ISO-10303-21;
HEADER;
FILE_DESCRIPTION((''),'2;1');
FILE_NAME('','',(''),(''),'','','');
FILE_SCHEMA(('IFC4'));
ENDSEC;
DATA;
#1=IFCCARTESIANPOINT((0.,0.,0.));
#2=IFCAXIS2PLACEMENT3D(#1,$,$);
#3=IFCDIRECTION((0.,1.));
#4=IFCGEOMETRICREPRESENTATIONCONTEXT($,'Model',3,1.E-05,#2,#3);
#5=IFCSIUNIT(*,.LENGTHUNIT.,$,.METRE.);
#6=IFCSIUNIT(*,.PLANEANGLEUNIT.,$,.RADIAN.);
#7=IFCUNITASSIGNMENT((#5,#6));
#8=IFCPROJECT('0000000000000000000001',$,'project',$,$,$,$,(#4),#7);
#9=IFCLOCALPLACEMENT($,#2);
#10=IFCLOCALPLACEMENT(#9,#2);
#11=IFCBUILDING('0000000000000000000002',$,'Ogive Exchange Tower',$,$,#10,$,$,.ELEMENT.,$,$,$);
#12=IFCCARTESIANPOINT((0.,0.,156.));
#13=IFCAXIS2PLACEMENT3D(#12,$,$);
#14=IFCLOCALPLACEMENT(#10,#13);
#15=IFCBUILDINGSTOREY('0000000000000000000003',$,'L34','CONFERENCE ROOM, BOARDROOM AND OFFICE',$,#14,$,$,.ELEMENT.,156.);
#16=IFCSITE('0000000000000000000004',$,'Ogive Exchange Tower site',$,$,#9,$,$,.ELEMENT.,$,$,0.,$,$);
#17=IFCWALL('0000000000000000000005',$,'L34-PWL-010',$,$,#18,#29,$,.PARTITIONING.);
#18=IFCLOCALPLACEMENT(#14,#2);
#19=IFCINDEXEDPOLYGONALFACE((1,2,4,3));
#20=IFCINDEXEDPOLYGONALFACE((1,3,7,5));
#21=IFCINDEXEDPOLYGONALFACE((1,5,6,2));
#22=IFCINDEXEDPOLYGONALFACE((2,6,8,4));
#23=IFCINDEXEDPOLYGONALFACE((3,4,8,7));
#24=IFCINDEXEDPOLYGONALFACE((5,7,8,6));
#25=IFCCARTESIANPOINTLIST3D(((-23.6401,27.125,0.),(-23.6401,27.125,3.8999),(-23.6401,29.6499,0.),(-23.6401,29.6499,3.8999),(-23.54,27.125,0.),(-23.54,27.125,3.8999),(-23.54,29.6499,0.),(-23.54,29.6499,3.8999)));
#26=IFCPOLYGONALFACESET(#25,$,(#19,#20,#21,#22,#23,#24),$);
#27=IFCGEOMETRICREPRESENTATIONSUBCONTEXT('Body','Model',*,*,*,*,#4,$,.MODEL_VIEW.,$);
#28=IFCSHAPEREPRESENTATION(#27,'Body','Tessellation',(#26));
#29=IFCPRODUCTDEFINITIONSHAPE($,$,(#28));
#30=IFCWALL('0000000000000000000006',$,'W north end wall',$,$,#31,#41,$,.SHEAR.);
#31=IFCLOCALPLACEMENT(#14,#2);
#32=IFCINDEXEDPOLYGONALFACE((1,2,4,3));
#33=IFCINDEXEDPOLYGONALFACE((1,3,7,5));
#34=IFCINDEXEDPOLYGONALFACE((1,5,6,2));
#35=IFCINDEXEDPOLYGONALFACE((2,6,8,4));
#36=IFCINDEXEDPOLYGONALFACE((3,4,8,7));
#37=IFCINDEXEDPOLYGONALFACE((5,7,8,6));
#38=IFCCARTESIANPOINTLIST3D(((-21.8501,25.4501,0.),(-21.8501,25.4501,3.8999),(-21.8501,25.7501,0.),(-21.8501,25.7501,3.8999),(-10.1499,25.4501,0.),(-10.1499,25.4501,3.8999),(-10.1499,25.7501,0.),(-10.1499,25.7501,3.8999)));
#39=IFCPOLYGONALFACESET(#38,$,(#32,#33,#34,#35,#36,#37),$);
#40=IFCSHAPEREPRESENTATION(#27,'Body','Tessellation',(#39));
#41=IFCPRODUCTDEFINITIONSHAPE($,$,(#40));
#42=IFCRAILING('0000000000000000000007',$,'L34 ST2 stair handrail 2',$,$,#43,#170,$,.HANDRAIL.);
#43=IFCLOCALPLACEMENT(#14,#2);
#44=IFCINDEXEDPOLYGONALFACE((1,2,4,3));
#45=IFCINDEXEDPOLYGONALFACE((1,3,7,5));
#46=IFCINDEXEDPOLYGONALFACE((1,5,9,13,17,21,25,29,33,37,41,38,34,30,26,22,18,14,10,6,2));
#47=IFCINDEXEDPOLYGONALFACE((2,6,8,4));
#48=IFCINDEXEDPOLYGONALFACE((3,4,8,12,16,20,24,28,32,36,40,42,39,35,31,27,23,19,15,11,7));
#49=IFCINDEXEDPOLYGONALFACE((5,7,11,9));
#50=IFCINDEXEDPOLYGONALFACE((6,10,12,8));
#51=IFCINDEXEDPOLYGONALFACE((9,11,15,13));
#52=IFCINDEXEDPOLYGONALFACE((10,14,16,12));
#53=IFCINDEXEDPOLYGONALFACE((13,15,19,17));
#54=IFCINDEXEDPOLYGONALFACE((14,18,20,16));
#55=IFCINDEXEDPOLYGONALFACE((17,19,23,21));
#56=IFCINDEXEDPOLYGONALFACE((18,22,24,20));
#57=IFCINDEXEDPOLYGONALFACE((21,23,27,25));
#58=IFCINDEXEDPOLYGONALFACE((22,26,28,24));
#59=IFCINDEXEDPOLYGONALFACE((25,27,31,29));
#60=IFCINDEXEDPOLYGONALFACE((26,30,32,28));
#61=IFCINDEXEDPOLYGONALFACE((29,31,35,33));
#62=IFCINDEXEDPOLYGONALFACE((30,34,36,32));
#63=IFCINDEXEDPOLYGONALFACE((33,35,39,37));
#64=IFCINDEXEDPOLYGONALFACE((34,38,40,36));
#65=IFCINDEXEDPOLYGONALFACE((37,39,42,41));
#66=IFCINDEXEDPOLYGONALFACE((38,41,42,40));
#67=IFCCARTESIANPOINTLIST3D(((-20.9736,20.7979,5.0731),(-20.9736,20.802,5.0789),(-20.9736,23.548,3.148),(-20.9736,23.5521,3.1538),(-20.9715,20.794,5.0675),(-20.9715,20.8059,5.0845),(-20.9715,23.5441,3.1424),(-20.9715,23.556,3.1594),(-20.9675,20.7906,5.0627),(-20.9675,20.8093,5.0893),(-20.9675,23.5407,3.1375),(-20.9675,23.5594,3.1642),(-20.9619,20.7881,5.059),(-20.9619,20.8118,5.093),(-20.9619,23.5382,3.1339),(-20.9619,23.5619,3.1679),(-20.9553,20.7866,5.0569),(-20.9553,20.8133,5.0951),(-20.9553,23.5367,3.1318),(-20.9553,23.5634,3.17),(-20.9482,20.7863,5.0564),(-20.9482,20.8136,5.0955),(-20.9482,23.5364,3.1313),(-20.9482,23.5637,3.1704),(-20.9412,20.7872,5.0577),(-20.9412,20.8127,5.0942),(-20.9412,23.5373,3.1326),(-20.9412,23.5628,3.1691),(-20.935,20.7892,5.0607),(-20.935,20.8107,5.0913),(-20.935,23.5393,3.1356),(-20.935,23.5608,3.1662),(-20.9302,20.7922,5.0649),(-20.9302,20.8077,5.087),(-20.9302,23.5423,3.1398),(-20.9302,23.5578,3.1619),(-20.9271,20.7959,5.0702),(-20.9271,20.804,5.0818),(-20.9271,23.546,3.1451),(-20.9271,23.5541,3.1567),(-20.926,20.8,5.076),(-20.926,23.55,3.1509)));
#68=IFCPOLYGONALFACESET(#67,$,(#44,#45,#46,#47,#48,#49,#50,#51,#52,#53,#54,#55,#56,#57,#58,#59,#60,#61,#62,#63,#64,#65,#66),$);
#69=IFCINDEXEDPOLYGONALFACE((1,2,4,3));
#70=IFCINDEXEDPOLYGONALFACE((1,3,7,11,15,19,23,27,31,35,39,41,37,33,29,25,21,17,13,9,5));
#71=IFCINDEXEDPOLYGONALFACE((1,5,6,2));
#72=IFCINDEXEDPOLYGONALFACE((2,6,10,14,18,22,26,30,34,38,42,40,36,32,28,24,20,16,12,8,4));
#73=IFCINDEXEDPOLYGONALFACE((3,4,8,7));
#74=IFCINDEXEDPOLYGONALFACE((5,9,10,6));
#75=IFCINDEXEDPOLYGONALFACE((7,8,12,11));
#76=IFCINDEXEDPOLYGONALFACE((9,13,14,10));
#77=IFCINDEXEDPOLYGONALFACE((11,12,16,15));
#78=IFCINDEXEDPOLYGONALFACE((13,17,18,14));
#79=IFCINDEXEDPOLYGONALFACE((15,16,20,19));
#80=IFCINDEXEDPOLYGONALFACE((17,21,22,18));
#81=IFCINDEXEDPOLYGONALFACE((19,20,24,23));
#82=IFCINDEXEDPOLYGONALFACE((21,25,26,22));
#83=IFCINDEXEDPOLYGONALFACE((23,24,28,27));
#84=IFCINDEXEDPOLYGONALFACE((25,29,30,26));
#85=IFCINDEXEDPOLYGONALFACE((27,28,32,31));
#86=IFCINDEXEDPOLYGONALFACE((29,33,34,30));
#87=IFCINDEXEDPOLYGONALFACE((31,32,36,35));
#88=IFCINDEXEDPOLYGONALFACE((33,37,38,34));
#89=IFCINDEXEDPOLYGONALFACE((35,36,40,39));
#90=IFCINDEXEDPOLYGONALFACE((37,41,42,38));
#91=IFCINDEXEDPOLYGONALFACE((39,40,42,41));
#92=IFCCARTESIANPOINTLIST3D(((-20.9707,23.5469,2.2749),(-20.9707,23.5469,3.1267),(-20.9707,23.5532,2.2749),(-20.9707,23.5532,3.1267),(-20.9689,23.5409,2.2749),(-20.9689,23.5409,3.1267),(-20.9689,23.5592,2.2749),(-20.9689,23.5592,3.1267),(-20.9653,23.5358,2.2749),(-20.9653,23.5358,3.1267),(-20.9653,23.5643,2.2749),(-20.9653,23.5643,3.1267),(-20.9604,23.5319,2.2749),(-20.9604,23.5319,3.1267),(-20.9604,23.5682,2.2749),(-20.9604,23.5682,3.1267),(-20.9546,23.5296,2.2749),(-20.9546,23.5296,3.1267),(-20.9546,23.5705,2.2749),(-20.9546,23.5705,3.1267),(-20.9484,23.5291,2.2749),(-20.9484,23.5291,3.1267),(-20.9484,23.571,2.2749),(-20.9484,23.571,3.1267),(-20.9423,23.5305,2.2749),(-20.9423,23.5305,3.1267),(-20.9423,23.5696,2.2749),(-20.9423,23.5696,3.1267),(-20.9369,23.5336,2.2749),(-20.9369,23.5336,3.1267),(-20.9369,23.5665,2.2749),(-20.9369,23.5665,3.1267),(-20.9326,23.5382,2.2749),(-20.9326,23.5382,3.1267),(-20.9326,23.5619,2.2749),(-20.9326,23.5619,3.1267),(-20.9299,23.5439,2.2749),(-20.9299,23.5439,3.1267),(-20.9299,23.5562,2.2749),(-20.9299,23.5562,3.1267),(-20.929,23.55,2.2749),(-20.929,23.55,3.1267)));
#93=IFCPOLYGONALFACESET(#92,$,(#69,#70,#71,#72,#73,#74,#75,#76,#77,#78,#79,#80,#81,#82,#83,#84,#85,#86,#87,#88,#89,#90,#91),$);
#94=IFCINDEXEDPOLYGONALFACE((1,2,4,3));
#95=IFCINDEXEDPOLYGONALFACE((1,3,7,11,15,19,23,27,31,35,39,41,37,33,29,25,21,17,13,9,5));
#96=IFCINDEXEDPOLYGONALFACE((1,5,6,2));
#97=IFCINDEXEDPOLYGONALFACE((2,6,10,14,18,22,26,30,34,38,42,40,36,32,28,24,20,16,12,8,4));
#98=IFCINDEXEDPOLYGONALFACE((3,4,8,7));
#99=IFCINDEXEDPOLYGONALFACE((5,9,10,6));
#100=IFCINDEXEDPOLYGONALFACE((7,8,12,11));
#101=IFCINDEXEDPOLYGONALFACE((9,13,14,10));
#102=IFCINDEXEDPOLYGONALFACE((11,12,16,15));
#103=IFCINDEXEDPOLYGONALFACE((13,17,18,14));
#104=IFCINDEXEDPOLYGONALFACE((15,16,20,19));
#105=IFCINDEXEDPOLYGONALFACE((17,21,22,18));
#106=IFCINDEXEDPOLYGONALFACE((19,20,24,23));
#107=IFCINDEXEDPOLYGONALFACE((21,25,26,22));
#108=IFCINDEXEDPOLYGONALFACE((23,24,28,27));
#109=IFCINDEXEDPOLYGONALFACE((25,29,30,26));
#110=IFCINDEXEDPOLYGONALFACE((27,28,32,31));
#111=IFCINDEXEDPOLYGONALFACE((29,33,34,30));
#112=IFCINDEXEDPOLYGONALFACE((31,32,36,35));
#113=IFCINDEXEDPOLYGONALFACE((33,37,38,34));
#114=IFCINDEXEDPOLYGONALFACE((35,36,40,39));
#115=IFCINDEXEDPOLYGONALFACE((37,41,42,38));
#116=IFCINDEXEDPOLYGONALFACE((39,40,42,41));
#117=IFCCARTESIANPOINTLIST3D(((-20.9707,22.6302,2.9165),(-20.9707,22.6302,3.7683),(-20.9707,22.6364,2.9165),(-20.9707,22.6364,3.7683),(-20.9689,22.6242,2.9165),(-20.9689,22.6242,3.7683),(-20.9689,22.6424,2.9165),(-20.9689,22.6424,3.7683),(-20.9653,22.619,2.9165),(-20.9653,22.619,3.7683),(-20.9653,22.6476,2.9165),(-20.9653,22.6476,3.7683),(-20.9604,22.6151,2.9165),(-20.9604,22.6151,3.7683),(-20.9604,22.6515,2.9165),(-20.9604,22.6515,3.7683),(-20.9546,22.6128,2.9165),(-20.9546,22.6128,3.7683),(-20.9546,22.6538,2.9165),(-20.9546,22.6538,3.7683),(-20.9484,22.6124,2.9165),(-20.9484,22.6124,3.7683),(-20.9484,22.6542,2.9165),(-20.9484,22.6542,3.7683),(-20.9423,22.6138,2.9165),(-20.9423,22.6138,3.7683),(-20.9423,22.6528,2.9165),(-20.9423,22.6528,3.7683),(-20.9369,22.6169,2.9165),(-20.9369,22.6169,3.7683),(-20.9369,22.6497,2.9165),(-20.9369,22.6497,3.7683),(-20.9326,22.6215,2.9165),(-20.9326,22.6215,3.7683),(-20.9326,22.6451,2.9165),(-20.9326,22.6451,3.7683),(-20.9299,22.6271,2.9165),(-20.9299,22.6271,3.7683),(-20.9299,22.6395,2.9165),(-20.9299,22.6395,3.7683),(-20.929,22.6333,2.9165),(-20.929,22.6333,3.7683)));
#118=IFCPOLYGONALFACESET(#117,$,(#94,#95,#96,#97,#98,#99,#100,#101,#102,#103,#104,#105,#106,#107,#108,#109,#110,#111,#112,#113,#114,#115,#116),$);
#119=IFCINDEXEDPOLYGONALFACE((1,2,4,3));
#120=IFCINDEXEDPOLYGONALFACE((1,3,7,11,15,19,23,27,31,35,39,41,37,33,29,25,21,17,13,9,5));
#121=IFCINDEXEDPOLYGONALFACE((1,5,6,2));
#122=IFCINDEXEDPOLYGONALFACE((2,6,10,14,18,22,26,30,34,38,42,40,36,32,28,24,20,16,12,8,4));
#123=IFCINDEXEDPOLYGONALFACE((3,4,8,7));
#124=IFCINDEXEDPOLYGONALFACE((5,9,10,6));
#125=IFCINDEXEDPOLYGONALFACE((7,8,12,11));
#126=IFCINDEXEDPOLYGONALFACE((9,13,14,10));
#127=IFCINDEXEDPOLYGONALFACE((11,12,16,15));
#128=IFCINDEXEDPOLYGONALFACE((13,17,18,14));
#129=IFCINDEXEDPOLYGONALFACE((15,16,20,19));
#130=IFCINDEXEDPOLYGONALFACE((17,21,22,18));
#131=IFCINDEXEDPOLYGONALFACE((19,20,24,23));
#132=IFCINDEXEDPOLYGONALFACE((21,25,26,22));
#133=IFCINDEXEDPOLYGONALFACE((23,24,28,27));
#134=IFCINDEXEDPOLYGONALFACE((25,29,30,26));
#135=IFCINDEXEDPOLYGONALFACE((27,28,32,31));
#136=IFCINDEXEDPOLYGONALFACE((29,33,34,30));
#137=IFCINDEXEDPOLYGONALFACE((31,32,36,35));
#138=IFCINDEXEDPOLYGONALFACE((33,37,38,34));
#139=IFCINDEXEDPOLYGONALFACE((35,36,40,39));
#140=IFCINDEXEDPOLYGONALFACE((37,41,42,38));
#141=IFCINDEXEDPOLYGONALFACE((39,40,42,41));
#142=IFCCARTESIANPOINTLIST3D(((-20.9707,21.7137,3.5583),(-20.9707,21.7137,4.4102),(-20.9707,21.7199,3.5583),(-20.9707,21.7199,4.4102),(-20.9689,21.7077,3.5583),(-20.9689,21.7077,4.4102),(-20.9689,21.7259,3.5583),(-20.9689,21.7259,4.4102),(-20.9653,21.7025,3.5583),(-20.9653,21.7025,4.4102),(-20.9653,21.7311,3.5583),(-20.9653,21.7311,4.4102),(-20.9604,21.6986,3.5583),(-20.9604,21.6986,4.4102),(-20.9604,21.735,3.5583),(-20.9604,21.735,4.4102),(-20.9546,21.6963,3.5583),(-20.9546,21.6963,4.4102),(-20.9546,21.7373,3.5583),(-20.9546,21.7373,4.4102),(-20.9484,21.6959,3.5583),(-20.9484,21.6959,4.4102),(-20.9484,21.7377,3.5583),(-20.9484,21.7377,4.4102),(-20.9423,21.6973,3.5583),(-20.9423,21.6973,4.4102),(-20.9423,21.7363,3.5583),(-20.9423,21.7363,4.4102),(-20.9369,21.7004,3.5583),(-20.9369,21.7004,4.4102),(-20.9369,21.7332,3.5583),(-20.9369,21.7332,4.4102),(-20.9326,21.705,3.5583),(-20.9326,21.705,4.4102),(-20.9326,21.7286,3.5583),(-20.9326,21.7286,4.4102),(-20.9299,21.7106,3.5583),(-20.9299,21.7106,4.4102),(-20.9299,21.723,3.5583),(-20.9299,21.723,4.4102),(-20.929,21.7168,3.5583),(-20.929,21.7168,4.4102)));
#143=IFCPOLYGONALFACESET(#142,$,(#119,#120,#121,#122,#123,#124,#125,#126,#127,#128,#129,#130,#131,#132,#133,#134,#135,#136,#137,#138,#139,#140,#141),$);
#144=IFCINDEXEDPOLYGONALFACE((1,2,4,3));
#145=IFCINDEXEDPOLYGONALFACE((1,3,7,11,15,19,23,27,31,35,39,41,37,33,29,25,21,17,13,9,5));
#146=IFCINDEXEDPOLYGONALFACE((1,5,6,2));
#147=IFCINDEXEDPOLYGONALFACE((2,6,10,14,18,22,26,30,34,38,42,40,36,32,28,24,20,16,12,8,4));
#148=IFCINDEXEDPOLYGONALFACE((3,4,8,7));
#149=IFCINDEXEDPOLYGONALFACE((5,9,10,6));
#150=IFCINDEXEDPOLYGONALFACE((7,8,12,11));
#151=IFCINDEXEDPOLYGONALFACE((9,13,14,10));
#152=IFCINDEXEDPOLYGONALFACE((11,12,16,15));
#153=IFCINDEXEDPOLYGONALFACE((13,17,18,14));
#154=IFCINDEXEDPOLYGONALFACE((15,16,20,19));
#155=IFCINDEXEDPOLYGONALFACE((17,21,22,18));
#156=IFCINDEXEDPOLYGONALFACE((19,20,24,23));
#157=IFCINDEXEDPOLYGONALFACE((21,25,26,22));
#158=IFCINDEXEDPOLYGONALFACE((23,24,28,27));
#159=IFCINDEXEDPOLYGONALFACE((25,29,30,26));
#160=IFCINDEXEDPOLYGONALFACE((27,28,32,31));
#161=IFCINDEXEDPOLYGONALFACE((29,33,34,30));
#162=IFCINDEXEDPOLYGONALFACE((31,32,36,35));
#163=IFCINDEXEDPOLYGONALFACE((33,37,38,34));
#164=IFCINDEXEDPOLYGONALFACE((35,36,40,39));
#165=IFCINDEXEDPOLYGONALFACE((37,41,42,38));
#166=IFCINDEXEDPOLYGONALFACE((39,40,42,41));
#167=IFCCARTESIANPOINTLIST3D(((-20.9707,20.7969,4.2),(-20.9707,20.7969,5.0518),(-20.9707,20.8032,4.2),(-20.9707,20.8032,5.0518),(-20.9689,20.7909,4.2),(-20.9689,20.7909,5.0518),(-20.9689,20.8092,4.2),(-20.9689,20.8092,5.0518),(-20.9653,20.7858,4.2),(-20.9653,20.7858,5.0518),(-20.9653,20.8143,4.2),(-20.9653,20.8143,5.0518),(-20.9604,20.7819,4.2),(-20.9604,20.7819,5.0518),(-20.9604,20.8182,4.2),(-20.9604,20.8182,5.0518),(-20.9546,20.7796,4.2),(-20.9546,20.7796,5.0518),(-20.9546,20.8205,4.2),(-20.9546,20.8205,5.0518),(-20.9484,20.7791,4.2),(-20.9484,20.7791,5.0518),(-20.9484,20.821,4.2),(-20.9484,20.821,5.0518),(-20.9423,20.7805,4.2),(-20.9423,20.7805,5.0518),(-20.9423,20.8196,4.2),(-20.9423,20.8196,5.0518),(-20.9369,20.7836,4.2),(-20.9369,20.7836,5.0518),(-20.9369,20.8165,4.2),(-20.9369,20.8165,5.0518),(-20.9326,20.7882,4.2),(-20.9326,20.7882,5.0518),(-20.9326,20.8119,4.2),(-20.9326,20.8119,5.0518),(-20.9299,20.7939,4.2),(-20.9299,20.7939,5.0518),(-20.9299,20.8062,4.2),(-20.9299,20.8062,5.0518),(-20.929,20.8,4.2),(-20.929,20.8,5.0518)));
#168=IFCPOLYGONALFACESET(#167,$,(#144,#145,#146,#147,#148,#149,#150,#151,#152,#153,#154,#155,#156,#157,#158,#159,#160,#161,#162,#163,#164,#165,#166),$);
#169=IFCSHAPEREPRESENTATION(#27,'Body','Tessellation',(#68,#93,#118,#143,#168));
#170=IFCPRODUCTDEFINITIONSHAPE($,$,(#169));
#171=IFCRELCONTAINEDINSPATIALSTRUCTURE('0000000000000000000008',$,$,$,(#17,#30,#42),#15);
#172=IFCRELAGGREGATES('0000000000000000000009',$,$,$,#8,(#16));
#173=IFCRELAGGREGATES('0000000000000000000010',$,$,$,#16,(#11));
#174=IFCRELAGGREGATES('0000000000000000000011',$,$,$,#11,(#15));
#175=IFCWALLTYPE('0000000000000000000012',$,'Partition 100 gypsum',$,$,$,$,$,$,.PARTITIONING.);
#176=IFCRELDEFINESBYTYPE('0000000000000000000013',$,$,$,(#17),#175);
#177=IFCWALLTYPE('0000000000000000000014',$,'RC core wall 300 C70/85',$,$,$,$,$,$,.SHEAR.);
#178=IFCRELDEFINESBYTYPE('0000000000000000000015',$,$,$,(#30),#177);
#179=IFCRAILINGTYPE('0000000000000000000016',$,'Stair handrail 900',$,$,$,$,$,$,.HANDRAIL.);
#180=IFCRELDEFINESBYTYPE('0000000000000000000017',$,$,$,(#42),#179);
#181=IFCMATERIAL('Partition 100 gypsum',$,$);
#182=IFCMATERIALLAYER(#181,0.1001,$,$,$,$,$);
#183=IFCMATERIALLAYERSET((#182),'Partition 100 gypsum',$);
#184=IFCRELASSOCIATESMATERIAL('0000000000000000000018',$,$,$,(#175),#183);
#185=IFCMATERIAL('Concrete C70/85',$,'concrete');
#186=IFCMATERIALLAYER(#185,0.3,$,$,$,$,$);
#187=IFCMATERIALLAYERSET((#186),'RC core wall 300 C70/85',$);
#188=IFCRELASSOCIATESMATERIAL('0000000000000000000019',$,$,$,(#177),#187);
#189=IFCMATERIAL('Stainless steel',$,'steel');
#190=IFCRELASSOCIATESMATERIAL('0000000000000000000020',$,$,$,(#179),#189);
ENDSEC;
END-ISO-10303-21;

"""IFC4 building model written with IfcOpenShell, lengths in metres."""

from ifc_helpers import new_model, si_unit, direction, frame, frame_2d, origin, origin_2d, place, context, subcontext, project, spatial, rectangle, circle, extrude, material, layer, layer_set, type_object, element, save


model = new_model("IFC4")

# Units and contexts
model_context = context("Model", 3, precision=1e-05, world=origin(), true_north=direction((0.0, 1.0)))
body_context = subcontext(model_context, "Body", "Model", "MODEL_VIEW")
ifc_project = project(units=[si_unit("LENGTHUNIT", "METRE"), si_unit("PLANEANGLEUNIT", "RADIAN")], contexts=[model_context])

# Site, building, storey
site_placement = place(None, origin())
site = spatial("IfcSite", under=ifc_project, at=site_placement, Name="Ogive Exchange Tower site", CompositionType="ELEMENT", RefElevation=0.0)
building_placement = place(site_placement, origin())
building = spatial("IfcBuilding", under=site, at=building_placement, Name="Ogive Exchange Tower", CompositionType="ELEMENT")
storey_placement = place(building_placement, frame((0.0, 0.0, 156.0)))
storey = spatial("IfcBuildingStorey", under=building, at=storey_placement, Name="L34", Description="CONFERENCE ROOM, BOARDROOM AND OFFICE", CompositionType="ELEMENT", Elevation=156.0)

# Walls
ifc_material_1 = material(Name="Partition 100 gypsum")
ifc_layer_1 = layer(ifc_material_1, 0.1001)
ifc_layer_set_1 = layer_set([ifc_layer_1], Name="Partition 100 gypsum")
wall_type_1 = type_object("IfcWallType", Name="Partition 100 gypsum", PredefinedType="PARTITIONING", material=ifc_layer_set_1)
wall_1_placement = place(storey_placement, frame((-23.5901, 27.125, 0.0), z_axis=(0.0, 0.0, 1.0), x_axis=(0.0, 1.0, 0.0)))
element("IfcWall", 1, at=wall_1_placement, inside=storey, type_object=wall_type_1, Name="L34-PWL-010", PredefinedType="PARTITIONING", context=body_context, shape_type="SweptSolid", body=[
    extrude(rectangle(XDim=2.5249, YDim=0.1001, at=frame_2d((1.2625, 0.0))), origin(), (0.0, 0.0, 1.0), 3.8999),
])
ifc_material_2 = material(Name="Concrete C70/85", Category="concrete")
ifc_layer_2 = layer(ifc_material_2, 0.3)
ifc_layer_set_2 = layer_set([ifc_layer_2], Name="RC core wall 300 C70/85")
wall_type_2 = type_object("IfcWallType", Name="RC core wall 300 C70/85", PredefinedType="SHEAR", material=ifc_layer_set_2)
wall_2_placement = place(storey_placement, frame((-21.8501, 25.6001, 0.0), z_axis=(0.0, 0.0, 1.0), x_axis=(1.0, 0.0, 0.0)))
element("IfcWall", 2, at=wall_2_placement, inside=storey, type_object=wall_type_2, Name="W north end wall", PredefinedType="SHEAR", context=body_context, shape_type="SweptSolid", body=[
    extrude(rectangle(XDim=11.7002, YDim=0.3, at=frame_2d((5.8501, 0.0))), origin(), (0.0, 0.0, 1.0), 3.8999),
])

# Railing
ifc_material_3 = material(Name="Stainless steel", Category="steel")
railing_type_1 = type_object("IfcRailingType", Name="Stair handrail 900", PredefinedType="HANDRAIL", material=ifc_material_3)
railing_1_placement = place(storey_placement, frame((-20.95, 23.55, 2.2749)))
element("IfcRailing", 3, at=railing_1_placement, inside=storey, type_object=railing_type_1, Name="L34 ST2 stair handrail 2", PredefinedType="HANDRAIL", context=body_context, shape_type="SweptSolid", body=[
    extrude(circle(Radius=0.0239, at=origin_2d()), frame((0.0, 0.0, 0.876), z_axis=(0.0, -0.819225, 0.573472), x_axis=(1.0, 0.0, 0.0)), (0.0, 0.0, 1.0), 3.3569),
    extrude(circle(Radius=0.021, at=origin_2d()), origin(), (0.0, 0.0, 1.0), 0.8518),
    extrude(circle(Radius=0.021, at=origin_2d()), frame((0.0, -0.9167, 0.6416)), (0.0, 0.0, 1.0), 0.8518),
    extrude(circle(Radius=0.021, at=origin_2d()), frame((0.0, -1.8333, 1.2834)), (0.0, 0.0, 1.0), 0.8518),
    extrude(circle(Radius=0.021, at=origin_2d()), frame((0.0, -2.75, 1.925)), (0.0, 0.0, 1.0), 0.8518),
])

save(model, "model.ifc")
